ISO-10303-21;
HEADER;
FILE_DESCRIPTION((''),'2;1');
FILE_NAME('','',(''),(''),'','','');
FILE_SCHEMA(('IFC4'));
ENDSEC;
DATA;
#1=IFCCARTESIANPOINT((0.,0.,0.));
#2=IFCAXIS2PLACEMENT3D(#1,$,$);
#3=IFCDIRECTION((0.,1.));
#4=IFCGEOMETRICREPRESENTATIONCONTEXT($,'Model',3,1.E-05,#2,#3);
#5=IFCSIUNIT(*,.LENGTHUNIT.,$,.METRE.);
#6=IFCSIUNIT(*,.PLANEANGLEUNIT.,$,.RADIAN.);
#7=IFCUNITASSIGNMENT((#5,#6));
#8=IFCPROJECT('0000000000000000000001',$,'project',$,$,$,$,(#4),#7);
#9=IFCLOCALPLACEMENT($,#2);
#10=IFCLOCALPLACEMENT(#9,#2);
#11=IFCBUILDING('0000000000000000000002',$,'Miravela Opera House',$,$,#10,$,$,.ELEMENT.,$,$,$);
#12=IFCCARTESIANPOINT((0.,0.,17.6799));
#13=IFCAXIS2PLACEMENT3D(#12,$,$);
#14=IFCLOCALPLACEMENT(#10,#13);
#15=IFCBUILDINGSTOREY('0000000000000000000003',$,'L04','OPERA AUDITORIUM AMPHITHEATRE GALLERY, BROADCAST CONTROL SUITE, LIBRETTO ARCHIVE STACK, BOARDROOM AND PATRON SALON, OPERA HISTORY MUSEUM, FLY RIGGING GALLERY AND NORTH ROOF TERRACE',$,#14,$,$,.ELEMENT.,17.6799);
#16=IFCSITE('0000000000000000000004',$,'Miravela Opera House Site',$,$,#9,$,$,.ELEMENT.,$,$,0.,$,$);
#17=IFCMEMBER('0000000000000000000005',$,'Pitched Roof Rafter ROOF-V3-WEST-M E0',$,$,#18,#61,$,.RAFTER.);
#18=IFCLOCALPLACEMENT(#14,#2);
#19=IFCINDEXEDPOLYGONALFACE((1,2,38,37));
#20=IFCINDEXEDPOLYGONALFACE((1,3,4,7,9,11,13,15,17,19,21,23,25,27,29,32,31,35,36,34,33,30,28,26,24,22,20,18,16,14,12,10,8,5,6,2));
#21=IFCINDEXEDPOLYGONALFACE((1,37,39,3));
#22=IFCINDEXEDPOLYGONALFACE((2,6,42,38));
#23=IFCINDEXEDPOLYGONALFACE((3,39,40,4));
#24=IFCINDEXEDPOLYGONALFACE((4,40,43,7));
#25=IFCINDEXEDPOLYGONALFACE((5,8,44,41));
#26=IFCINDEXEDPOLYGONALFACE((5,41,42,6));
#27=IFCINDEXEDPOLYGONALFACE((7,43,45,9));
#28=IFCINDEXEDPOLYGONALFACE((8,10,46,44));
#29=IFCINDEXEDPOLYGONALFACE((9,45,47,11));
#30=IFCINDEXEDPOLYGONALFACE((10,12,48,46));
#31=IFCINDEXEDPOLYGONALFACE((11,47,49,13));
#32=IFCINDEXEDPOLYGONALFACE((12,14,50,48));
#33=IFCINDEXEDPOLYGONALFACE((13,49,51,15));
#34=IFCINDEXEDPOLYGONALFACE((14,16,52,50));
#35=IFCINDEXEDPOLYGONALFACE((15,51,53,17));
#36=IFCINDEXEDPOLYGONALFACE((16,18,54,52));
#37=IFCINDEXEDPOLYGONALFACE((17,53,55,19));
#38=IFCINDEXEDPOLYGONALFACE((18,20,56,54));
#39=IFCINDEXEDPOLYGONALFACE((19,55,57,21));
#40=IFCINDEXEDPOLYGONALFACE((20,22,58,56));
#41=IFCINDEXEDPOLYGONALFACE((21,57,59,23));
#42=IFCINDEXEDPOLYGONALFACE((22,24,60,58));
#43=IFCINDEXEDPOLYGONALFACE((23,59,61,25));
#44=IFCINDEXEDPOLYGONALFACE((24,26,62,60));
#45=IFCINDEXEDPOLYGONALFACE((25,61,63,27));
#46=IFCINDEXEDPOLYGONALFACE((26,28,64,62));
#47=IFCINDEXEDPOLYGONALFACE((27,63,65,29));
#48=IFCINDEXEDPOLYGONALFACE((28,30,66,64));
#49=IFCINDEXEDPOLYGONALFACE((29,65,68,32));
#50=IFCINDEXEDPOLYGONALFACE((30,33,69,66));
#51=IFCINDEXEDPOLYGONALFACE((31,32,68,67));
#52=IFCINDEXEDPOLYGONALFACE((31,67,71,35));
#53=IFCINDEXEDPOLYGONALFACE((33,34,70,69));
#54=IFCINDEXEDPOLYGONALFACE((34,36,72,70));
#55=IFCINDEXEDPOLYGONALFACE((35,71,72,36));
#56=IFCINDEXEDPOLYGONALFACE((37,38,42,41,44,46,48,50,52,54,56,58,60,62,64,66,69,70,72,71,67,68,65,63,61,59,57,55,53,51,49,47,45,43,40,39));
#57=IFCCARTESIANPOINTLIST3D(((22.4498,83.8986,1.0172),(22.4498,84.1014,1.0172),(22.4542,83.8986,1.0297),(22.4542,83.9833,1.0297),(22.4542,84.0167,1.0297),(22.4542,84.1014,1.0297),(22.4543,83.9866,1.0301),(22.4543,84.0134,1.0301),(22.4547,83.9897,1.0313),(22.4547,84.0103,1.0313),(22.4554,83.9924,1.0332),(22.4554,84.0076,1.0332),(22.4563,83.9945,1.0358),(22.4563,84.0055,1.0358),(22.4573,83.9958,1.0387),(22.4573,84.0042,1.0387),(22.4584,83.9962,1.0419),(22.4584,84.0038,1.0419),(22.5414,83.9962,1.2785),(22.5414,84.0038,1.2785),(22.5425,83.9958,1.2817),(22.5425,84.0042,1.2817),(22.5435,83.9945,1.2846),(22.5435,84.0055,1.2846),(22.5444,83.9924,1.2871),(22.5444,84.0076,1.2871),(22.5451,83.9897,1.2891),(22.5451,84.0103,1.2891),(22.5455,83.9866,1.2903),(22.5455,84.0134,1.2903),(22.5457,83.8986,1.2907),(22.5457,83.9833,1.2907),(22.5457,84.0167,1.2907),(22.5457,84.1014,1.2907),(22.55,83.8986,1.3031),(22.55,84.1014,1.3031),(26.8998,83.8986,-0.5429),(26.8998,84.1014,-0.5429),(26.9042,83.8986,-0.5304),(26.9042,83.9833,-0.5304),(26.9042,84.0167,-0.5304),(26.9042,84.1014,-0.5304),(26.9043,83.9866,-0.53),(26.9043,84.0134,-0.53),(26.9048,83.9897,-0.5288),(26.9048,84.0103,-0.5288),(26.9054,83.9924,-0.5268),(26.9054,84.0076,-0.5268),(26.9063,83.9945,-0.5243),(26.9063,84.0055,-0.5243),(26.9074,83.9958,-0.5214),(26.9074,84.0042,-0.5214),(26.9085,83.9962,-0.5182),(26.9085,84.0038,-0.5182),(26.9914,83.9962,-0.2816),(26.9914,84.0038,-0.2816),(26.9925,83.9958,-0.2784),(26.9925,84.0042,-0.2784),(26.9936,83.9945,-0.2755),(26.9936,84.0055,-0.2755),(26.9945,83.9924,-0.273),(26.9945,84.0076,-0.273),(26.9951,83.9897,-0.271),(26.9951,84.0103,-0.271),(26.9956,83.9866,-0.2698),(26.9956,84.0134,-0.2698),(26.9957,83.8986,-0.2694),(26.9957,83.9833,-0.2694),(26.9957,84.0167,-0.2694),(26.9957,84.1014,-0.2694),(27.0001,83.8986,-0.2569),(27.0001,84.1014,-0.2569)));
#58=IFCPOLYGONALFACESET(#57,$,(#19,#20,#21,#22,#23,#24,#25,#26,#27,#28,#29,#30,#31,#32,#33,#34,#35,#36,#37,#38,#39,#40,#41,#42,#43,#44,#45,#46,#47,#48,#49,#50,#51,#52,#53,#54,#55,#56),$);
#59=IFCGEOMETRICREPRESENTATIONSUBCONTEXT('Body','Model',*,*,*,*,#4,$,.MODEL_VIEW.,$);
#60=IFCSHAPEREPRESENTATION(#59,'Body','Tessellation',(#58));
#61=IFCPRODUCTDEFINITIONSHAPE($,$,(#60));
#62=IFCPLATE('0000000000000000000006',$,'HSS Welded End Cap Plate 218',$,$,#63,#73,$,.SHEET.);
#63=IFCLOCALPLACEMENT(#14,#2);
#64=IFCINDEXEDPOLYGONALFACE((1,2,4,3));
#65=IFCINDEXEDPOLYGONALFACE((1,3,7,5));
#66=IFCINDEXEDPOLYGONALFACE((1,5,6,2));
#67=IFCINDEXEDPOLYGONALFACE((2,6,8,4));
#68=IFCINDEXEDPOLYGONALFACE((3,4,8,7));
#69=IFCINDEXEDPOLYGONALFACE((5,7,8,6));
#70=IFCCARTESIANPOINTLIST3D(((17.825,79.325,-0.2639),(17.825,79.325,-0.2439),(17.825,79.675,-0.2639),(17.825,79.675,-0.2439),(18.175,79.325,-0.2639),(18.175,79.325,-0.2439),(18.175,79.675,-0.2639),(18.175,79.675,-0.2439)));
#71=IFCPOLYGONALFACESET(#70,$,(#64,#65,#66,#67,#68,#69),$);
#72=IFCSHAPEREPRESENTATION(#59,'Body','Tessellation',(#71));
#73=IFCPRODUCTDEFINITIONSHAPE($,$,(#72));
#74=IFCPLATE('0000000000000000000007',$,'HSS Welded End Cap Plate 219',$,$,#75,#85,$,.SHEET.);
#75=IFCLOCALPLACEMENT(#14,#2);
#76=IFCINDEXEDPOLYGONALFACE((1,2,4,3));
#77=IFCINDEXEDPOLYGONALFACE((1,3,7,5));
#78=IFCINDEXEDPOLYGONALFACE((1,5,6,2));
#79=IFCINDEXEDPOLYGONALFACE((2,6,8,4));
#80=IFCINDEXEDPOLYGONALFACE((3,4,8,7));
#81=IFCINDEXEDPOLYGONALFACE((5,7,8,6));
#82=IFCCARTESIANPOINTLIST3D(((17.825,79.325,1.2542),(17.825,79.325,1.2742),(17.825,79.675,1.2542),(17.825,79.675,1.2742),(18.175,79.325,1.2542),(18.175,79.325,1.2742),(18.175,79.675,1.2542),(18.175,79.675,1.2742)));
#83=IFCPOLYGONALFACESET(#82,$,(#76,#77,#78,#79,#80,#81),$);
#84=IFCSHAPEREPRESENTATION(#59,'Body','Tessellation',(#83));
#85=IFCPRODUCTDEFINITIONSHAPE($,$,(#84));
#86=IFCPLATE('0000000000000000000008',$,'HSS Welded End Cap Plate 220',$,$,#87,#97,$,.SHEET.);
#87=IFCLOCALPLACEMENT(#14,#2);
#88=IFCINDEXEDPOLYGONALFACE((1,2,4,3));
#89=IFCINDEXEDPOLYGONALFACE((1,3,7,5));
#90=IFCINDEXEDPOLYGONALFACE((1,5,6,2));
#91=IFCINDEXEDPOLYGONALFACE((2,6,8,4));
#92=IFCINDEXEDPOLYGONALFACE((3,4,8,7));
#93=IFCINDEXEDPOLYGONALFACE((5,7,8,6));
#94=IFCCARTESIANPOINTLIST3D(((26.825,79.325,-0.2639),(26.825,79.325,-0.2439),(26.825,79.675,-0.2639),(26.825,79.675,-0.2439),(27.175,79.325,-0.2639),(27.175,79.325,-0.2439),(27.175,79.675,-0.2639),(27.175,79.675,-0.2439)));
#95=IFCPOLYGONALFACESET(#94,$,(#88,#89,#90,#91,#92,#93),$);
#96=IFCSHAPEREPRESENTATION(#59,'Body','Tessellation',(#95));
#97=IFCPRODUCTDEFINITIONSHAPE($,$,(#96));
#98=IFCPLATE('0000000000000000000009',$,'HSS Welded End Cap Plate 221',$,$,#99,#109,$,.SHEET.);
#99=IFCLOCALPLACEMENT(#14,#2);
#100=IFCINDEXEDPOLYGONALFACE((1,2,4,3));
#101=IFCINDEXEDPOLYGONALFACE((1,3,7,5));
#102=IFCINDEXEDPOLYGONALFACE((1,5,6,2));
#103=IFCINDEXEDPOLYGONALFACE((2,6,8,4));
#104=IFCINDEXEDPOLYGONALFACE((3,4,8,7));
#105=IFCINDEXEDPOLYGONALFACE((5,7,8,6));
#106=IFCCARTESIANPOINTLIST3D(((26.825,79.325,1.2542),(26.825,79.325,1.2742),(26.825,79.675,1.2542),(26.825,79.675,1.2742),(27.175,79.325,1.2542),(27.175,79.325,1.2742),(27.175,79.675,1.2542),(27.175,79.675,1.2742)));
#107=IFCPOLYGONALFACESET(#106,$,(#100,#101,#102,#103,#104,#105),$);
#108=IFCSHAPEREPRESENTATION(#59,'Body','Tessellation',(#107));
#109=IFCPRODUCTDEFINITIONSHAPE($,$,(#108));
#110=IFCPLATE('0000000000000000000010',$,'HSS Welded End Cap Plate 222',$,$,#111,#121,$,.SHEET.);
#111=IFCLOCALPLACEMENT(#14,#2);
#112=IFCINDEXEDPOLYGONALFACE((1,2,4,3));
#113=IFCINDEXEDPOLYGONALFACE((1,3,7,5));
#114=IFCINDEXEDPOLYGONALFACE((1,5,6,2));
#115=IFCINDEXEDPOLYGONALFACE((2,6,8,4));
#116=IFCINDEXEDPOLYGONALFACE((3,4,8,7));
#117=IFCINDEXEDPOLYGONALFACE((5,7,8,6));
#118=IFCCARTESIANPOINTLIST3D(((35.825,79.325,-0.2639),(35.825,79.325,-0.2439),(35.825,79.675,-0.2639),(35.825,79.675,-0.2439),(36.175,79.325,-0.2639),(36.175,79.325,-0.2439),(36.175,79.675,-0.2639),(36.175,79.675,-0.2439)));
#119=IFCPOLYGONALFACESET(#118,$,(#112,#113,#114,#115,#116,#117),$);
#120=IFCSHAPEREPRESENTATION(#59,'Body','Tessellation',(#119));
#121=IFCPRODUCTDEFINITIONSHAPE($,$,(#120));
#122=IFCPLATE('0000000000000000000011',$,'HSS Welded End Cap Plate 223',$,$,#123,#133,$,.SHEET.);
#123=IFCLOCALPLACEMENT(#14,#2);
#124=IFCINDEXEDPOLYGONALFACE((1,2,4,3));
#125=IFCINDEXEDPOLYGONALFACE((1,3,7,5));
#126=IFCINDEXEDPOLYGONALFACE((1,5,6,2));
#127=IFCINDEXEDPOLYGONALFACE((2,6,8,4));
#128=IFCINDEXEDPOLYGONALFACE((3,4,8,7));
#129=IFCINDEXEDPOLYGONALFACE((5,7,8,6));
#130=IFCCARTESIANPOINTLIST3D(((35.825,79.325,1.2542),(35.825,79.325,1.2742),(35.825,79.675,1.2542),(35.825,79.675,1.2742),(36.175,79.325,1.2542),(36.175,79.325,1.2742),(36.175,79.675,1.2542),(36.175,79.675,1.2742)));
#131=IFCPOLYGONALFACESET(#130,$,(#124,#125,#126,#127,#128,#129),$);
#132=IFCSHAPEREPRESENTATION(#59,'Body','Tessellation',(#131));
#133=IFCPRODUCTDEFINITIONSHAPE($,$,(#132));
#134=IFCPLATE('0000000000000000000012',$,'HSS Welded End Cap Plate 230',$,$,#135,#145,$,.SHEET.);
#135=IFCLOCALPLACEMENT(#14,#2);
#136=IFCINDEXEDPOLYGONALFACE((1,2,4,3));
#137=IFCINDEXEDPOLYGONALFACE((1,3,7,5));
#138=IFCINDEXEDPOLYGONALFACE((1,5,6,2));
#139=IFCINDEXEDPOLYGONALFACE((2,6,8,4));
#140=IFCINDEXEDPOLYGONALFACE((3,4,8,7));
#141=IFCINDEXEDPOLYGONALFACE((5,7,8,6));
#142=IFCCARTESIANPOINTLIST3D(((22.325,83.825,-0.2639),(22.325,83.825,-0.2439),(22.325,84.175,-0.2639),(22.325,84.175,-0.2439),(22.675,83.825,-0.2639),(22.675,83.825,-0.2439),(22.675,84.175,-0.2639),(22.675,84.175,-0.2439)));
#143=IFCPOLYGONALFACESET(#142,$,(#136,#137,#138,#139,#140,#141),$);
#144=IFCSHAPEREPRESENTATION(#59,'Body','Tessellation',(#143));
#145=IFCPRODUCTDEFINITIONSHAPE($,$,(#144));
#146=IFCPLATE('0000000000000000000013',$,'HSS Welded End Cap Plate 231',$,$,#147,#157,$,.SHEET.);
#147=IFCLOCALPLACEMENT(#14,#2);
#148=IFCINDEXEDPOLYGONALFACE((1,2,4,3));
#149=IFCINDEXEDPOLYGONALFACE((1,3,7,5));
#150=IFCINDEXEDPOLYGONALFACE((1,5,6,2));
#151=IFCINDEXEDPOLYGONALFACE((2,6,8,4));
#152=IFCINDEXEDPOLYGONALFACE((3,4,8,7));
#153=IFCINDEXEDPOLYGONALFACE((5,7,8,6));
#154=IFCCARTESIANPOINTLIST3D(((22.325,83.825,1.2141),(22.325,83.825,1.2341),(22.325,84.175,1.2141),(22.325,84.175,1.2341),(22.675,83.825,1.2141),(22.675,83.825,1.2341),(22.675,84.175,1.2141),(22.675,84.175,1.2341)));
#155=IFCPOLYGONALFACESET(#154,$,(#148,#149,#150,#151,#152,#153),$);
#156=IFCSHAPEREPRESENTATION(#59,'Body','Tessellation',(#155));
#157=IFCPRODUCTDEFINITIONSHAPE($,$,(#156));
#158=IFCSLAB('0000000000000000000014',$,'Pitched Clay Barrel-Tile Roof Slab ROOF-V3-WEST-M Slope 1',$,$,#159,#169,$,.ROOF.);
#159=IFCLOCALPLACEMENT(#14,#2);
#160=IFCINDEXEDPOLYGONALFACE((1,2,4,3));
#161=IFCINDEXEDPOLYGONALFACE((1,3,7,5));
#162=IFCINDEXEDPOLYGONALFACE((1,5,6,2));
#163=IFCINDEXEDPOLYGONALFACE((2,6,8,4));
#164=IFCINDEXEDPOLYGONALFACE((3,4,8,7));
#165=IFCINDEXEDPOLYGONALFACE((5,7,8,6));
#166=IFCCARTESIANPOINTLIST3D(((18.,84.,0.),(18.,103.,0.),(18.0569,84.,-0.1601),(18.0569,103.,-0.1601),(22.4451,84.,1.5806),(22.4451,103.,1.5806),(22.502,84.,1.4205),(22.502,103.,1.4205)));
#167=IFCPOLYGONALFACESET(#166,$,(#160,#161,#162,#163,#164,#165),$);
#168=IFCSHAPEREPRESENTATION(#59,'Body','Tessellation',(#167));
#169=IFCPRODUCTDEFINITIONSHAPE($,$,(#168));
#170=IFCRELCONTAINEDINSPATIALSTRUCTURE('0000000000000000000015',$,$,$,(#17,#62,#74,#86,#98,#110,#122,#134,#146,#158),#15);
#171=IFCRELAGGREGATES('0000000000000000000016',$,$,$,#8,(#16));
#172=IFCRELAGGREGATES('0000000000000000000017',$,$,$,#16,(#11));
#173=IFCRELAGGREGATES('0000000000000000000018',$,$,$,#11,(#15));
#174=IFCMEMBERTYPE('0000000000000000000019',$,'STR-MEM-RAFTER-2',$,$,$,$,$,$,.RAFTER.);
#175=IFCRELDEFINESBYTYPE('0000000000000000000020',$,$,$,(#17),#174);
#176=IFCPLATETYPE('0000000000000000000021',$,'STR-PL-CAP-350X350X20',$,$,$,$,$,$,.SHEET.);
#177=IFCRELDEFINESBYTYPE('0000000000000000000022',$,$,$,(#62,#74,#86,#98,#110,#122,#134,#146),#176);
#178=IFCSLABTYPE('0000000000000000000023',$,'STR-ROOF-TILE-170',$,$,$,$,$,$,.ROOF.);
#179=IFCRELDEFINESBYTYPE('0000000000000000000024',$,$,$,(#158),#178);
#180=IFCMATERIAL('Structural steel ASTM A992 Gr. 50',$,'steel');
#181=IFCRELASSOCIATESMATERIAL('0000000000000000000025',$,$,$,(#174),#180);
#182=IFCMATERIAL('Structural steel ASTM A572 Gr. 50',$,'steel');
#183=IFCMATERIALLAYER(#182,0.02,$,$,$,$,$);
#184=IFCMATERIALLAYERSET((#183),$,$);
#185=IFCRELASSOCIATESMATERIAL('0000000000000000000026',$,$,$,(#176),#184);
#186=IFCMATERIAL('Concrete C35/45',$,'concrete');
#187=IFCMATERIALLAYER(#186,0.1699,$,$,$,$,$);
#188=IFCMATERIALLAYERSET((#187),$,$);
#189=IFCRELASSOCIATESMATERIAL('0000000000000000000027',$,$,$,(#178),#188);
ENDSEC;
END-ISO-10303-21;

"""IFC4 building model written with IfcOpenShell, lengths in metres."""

from ifc_helpers import new_model, si_unit, direction, frame, origin, origin_2d, place, context, subcontext, project, spatial, polyline, rectangle, i_section, outline, extrude, material, layer, layer_set, material_profile, profile_set, type_object, element, save


model = new_model("IFC4")

# Units and contexts
model_context = context("Model", 3, precision=1e-05, world=origin(), true_north=direction((0.0, 1.0)))
body_context = subcontext(model_context, "Body", "Model", "MODEL_VIEW")
ifc_project = project(units=[si_unit("LENGTHUNIT", "METRE"), si_unit("PLANEANGLEUNIT", "RADIAN")], contexts=[model_context])

# Site, building, storey
site_placement = place(None, origin())
site = spatial("IfcSite", under=ifc_project, at=site_placement, Name="Miravela Opera House Site", CompositionType="ELEMENT", RefElevation=0.0)
building_placement = place(site_placement, origin())
building = spatial("IfcBuilding", under=site, at=building_placement, Name="Miravela Opera House", CompositionType="ELEMENT")
storey_placement = place(building_placement, frame((0.0, 0.0, 17.6799)))
storey = spatial("IfcBuildingStorey", under=building, at=storey_placement, Name="L04", Description="OPERA AUDITORIUM AMPHITHEATRE GALLERY, BROADCAST CONTROL SUITE, LIBRETTO ARCHIVE STACK, BOARDROOM AND PATRON SALON, OPERA HISTORY MUSEUM, FLY RIGGING GALLERY AND NORTH ROOF TERRACE", CompositionType="ELEMENT", Elevation=17.6799)

# Shared definitions
ifc_material_1 = material(Name="Structural steel ASTM A992 Gr. 50", Category="steel")

# Member
ifc_material_profile_1 = material_profile(ifc_material_1, i_section(OverallWidth=0.2029, OverallDepth=0.303, WebThickness=0.0076, FlangeThickness=0.0132, FilletRadius=0.0129, at=origin_2d()), Name="W310X60")
ifc_profile_set_1 = profile_set([ifc_material_profile_1])
member_type_1 = type_object("IfcMemberType", Name="STR-MEM-RAFTER-2", PredefinedType="RAFTER", material=ifc_profile_set_1)
for number, where, z_axis, x_axis, name in (
    (1, (26.95, 84.0, -0.3999), (-0.943688, 0.0, 0.330837), (0.0, -1.0, 0.0), "Pitched Roof Rafter ROOF-V3-WEST-M E0"),
):
    element("IfcMember", number, at=place(storey_placement, frame(where, z_axis=z_axis, x_axis=x_axis)), inside=storey, type_object=member_type_1, Name=name, PredefinedType="RAFTER", context=body_context, shape_type="SweptSolid", body=[
        extrude(i_section(OverallWidth=0.2029, OverallDepth=0.303, WebThickness=0.0076, FlangeThickness=0.0132, FilletRadius=0.0129, at=origin_2d()), origin(), (0.0, 0.0, 1.0), 4.7156),
    ])

# Plates
ifc_material_2 = material(Name="Structural steel ASTM A572 Gr. 50", Category="steel")
ifc_layer_1 = layer(ifc_material_2, 0.02)
ifc_layer_set_1 = layer_set([ifc_layer_1])
plate_type = type_object("IfcPlateType", Name="STR-PL-CAP-350X350X20", PredefinedType="SHEET", material=ifc_layer_set_1)
for number, where, z_axis, x_axis, name in (
    (2, (18.0, 79.5, -0.2639), (0.0, 0.0, 1.0), (1.0, 0.0, 0.0), "HSS Welded End Cap Plate 218"),
    (3, (18.0, 79.5, 1.2542), (0.0, 0.0, 1.0), (1.0, 0.0, 0.0), "HSS Welded End Cap Plate 219"),
    (4, (27.0, 79.5, -0.2639), (0.0, 0.0, 1.0), (1.0, 0.0, 0.0), "HSS Welded End Cap Plate 220"),
    (5, (27.0, 79.5, 1.2542), (0.0, 0.0, 1.0), (1.0, 0.0, 0.0), "HSS Welded End Cap Plate 221"),
    (6, (36.0, 79.5, -0.2639), (0.0, 0.0, 1.0), (1.0, 0.0, 0.0), "HSS Welded End Cap Plate 222"),
    (7, (36.0, 79.5, 1.2542), (0.0, 0.0, 1.0), (1.0, 0.0, 0.0), "HSS Welded End Cap Plate 223"),
    (8, (22.5, 84.0, -0.2639), (0.0, 0.0, 1.0), (1.0, 0.0, 0.0), "HSS Welded End Cap Plate 230"),
    (9, (22.5, 84.0, 1.2141), (0.0, 0.0, 1.0), (1.0, 0.0, 0.0), "HSS Welded End Cap Plate 231"),
):
    element("IfcPlate", number, at=place(storey_placement, frame(where, z_axis=z_axis, x_axis=x_axis)), inside=storey, type_object=plate_type, Name=name, PredefinedType="SHEET", context=body_context, shape_type="SweptSolid", body=[
        extrude(rectangle(XDim=0.3501, YDim=0.3501, at=origin_2d()), origin(), (0.0, 0.0, 1.0), 0.02),
    ])

# Slab
ifc_material_3 = material(Name="Concrete C35/45", Category="concrete")
ifc_layer_2 = layer(ifc_material_3, 0.1699)
ifc_layer_set_2 = layer_set([ifc_layer_2])
slab_type = type_object("IfcSlabType", Name="STR-ROOF-TILE-170", PredefinedType="ROOF", material=ifc_layer_set_2)
slab_placement = place(storey_placement, frame((18.0, 84.0, 0.0), z_axis=(-0.335028, 0.0, 0.942208), x_axis=(0.0, 1.0, 0.0)))
element("IfcSlab", 10, at=slab_placement, inside=storey, type_object=slab_type, Name="Pitched Clay Barrel-Tile Roof Slab ROOF-V3-WEST-M Slope 1", PredefinedType="ROOF", context=body_context, shape_type="SweptSolid", body=[
    extrude(outline(polyline([(0.0, 0.0), (19.0, 0.0), (19.0, -4.7177), (0.0, -4.7177), (0.0, 0.0)])), origin(), (0.0, 0.0, -1.0), 0.1699),
])

save(model, "model.ifc")
